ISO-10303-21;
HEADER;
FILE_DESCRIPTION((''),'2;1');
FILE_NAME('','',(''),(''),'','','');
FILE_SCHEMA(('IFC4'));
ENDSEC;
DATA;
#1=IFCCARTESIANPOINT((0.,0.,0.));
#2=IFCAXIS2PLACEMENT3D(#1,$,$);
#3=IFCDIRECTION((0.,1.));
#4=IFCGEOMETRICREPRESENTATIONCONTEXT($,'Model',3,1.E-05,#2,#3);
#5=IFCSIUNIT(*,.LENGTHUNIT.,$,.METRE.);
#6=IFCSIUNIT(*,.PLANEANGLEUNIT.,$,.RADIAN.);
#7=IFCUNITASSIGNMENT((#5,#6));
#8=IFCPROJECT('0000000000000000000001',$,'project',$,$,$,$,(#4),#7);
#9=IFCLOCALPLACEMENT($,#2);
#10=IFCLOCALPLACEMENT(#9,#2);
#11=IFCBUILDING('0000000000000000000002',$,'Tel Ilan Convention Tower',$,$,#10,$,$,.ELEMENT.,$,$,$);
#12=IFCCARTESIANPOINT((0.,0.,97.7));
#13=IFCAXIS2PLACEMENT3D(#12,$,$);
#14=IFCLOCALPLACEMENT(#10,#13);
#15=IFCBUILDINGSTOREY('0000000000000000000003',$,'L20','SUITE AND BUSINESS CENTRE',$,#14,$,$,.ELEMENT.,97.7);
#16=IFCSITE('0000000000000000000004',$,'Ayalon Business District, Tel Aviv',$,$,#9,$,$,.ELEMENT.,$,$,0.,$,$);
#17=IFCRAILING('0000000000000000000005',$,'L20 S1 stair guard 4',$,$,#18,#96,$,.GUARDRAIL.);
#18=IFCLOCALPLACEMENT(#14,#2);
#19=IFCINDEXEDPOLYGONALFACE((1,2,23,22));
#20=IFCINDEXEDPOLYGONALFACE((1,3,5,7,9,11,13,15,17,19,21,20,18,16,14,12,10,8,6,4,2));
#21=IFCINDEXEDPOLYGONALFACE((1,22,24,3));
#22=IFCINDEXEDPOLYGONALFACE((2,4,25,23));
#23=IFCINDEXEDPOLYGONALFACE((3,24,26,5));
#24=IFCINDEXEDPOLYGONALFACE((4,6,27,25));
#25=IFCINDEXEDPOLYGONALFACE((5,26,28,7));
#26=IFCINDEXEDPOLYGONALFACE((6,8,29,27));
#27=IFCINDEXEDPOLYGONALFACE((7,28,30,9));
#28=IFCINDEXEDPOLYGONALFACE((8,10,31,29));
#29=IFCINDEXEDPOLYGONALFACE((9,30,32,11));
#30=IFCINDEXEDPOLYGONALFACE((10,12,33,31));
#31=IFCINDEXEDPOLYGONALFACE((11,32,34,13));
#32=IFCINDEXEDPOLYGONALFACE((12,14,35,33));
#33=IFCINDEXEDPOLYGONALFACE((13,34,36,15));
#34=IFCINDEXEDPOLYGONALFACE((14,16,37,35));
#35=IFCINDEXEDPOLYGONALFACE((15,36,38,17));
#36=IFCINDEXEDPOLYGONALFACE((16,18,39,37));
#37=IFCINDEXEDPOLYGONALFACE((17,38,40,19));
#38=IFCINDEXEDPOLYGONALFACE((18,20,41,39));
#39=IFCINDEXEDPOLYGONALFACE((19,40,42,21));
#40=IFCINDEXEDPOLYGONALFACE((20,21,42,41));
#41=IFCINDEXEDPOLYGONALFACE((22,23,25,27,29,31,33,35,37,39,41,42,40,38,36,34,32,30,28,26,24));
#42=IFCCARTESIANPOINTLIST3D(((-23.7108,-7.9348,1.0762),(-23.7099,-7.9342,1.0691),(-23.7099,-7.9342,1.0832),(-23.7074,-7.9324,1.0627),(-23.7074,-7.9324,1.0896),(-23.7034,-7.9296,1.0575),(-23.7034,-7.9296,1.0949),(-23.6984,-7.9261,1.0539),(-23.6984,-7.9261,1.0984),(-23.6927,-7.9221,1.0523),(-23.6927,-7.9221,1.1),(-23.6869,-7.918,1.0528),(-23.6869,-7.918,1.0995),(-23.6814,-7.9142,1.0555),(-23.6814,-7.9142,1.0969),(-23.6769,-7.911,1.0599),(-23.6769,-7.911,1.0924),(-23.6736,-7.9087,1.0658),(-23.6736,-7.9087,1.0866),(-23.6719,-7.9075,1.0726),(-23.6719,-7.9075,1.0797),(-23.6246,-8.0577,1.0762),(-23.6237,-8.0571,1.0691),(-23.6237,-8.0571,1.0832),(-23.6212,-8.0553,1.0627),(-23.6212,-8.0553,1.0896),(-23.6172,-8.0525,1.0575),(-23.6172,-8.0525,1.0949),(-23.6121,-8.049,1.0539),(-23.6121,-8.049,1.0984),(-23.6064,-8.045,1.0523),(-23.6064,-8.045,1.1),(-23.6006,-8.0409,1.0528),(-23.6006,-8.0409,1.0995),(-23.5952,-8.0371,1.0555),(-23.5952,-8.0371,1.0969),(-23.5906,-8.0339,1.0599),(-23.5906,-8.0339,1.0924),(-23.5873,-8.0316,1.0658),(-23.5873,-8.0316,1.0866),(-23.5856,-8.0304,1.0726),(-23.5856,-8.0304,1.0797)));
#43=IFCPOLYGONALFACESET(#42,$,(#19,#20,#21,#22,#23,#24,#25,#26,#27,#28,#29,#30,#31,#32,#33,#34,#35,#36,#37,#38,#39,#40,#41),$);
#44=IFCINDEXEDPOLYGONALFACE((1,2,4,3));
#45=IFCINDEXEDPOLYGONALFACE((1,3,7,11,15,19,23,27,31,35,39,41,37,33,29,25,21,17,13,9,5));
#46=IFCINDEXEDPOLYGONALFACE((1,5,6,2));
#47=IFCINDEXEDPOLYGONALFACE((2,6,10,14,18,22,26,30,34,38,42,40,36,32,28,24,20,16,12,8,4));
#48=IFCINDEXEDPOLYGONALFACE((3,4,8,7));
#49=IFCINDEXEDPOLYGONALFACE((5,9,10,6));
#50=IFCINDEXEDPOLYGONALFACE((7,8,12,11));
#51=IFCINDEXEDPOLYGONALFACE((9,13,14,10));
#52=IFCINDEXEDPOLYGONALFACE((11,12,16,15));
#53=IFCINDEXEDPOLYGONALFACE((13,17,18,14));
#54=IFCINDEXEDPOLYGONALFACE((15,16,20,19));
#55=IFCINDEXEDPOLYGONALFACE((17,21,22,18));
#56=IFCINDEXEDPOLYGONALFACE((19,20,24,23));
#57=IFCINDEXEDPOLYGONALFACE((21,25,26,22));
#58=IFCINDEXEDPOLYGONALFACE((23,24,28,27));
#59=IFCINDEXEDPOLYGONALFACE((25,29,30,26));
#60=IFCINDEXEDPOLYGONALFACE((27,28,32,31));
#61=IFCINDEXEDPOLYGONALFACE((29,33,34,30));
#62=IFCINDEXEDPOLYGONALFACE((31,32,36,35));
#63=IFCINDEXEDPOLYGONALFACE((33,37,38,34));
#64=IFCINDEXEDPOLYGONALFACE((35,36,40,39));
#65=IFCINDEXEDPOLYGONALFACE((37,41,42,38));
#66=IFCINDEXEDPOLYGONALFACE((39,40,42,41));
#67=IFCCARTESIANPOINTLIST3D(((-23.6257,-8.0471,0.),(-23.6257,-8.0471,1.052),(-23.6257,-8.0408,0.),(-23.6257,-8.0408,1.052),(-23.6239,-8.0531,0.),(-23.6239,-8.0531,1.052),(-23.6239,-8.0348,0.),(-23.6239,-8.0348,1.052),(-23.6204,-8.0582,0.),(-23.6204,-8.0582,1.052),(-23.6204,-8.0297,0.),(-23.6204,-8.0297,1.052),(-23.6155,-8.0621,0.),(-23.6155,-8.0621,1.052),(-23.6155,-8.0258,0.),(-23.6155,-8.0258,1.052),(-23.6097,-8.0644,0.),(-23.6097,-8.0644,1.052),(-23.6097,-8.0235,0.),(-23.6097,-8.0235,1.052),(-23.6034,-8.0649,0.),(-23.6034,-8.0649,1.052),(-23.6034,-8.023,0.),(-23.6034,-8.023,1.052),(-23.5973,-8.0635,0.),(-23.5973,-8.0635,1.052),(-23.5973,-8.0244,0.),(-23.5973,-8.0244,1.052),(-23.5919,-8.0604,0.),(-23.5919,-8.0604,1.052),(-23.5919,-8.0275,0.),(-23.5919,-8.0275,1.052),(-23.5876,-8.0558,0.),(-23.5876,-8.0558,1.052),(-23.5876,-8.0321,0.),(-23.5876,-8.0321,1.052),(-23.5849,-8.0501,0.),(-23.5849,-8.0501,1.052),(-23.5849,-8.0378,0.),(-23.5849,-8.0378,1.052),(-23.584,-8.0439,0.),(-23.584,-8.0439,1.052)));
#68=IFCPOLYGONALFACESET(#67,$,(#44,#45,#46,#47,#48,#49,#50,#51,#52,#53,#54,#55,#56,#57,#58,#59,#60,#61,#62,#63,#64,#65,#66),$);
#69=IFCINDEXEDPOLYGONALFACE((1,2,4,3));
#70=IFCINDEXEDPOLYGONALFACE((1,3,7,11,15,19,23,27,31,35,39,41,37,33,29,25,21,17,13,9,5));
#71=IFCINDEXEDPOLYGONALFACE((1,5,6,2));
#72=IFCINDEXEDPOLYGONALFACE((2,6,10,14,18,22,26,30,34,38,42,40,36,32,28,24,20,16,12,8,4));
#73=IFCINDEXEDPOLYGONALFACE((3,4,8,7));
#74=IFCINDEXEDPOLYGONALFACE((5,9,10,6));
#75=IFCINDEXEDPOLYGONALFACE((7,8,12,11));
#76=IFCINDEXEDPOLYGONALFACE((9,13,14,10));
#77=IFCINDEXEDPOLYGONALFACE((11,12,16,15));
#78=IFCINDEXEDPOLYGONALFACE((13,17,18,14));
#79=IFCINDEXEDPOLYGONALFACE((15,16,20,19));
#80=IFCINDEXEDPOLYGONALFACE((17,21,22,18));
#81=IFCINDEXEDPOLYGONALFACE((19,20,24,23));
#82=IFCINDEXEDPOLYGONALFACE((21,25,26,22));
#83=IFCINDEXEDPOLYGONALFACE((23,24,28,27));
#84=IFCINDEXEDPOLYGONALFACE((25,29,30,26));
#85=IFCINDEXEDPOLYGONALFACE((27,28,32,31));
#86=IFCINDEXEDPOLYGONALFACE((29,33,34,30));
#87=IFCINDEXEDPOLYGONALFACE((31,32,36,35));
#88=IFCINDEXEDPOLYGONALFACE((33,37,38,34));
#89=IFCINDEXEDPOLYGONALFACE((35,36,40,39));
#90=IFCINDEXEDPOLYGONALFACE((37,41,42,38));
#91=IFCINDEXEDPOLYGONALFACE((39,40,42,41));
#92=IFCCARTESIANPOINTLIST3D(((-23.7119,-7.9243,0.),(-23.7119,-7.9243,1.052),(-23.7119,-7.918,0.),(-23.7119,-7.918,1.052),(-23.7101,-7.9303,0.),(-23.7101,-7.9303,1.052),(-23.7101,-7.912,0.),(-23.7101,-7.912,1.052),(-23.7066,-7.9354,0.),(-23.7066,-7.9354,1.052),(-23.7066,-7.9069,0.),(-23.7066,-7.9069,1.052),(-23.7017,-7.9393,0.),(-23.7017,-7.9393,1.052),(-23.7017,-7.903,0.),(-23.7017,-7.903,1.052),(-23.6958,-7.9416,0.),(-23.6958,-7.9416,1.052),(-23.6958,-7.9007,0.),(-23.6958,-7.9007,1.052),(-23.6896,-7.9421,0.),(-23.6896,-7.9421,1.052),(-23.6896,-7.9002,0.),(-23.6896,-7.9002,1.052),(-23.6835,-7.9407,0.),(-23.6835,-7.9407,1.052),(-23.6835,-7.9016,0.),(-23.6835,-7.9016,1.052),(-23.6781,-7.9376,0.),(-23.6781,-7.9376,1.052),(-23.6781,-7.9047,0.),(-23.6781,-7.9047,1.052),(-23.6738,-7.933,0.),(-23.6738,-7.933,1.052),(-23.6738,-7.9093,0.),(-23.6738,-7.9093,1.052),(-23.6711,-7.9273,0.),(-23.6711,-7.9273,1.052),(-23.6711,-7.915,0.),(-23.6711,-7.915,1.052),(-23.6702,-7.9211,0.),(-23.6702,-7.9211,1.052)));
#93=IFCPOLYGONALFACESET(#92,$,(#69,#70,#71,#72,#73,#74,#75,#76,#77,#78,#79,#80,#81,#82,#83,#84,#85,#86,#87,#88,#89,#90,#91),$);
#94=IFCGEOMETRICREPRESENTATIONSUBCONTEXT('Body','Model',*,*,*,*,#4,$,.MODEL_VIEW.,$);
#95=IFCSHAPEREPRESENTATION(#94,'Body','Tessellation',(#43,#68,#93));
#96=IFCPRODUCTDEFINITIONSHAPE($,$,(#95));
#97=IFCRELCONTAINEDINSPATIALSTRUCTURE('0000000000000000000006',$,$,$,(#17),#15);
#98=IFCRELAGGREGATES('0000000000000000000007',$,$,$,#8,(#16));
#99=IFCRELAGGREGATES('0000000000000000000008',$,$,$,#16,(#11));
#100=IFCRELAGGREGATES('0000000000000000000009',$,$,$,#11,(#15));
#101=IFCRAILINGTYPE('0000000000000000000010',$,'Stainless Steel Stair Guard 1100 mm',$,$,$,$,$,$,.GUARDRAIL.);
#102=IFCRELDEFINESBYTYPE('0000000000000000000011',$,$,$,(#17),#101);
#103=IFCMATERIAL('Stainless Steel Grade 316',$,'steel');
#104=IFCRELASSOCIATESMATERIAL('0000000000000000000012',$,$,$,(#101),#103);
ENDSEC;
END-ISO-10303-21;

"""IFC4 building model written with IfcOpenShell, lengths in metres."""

from ifc_helpers import new_model, si_unit, direction, frame, origin, origin_2d, place, context, subcontext, project, spatial, circle, extrude, material, type_object, element, save


model = new_model("IFC4")

# Units and contexts
model_context = context("Model", 3, precision=1e-05, world=origin(), true_north=direction((0.0, 1.0)))
body_context = subcontext(model_context, "Body", "Model", "MODEL_VIEW")
ifc_project = project(units=[si_unit("LENGTHUNIT", "METRE"), si_unit("PLANEANGLEUNIT", "RADIAN")], contexts=[model_context])

# Site, building, storey
site_placement = place(None, origin())
site = spatial("IfcSite", under=ifc_project, at=site_placement, Name="Ayalon Business District, Tel Aviv", CompositionType="ELEMENT", RefElevation=0.0)
building_placement = place(site_placement, origin())
building = spatial("IfcBuilding", under=site, at=building_placement, Name="Tel Ilan Convention Tower", CompositionType="ELEMENT")
storey_placement = place(building_placement, frame((0.0, 0.0, 97.7)))
storey = spatial("IfcBuildingStorey", under=building, at=storey_placement, Name="L20", Description="SUITE AND BUSINESS CENTRE", CompositionType="ELEMENT", Elevation=97.7)

# Railing
ifc_material_1 = material(Name="Stainless Steel Grade 316", Category="steel")
railing_type = type_object("IfcRailingType", Name="Stainless Steel Stair Guard 1100 mm", PredefinedType="GUARDRAIL", material=ifc_material_1)
railing_placement = place(storey_placement, frame((-23.605, -8.0439, 0.0)))
element("IfcRailing", 1, at=railing_placement, inside=storey, type_object=railing_type, Name="L20 S1 stair guard 4", PredefinedType="GUARDRAIL", context=body_context, shape_type="SweptSolid", body=[
    extrude(circle(Radius=0.0239, at=origin_2d()), frame((0.0, 0.0, 1.0762), z_axis=(-0.574445, 0.818543, 0.0), x_axis=(-0.818543, -0.574445, 0.0)), (0.0, 0.0, 1.0), 0.1501),
    extrude(circle(Radius=0.021, at=origin_2d()), origin(), (0.0, 0.0, 1.0), 1.052),
    extrude(circle(Radius=0.021, at=origin_2d()), frame((-0.0862, 0.1228, 0.0)), (0.0, 0.0, 1.0), 1.052),
])

save(model, "model.ifc")
